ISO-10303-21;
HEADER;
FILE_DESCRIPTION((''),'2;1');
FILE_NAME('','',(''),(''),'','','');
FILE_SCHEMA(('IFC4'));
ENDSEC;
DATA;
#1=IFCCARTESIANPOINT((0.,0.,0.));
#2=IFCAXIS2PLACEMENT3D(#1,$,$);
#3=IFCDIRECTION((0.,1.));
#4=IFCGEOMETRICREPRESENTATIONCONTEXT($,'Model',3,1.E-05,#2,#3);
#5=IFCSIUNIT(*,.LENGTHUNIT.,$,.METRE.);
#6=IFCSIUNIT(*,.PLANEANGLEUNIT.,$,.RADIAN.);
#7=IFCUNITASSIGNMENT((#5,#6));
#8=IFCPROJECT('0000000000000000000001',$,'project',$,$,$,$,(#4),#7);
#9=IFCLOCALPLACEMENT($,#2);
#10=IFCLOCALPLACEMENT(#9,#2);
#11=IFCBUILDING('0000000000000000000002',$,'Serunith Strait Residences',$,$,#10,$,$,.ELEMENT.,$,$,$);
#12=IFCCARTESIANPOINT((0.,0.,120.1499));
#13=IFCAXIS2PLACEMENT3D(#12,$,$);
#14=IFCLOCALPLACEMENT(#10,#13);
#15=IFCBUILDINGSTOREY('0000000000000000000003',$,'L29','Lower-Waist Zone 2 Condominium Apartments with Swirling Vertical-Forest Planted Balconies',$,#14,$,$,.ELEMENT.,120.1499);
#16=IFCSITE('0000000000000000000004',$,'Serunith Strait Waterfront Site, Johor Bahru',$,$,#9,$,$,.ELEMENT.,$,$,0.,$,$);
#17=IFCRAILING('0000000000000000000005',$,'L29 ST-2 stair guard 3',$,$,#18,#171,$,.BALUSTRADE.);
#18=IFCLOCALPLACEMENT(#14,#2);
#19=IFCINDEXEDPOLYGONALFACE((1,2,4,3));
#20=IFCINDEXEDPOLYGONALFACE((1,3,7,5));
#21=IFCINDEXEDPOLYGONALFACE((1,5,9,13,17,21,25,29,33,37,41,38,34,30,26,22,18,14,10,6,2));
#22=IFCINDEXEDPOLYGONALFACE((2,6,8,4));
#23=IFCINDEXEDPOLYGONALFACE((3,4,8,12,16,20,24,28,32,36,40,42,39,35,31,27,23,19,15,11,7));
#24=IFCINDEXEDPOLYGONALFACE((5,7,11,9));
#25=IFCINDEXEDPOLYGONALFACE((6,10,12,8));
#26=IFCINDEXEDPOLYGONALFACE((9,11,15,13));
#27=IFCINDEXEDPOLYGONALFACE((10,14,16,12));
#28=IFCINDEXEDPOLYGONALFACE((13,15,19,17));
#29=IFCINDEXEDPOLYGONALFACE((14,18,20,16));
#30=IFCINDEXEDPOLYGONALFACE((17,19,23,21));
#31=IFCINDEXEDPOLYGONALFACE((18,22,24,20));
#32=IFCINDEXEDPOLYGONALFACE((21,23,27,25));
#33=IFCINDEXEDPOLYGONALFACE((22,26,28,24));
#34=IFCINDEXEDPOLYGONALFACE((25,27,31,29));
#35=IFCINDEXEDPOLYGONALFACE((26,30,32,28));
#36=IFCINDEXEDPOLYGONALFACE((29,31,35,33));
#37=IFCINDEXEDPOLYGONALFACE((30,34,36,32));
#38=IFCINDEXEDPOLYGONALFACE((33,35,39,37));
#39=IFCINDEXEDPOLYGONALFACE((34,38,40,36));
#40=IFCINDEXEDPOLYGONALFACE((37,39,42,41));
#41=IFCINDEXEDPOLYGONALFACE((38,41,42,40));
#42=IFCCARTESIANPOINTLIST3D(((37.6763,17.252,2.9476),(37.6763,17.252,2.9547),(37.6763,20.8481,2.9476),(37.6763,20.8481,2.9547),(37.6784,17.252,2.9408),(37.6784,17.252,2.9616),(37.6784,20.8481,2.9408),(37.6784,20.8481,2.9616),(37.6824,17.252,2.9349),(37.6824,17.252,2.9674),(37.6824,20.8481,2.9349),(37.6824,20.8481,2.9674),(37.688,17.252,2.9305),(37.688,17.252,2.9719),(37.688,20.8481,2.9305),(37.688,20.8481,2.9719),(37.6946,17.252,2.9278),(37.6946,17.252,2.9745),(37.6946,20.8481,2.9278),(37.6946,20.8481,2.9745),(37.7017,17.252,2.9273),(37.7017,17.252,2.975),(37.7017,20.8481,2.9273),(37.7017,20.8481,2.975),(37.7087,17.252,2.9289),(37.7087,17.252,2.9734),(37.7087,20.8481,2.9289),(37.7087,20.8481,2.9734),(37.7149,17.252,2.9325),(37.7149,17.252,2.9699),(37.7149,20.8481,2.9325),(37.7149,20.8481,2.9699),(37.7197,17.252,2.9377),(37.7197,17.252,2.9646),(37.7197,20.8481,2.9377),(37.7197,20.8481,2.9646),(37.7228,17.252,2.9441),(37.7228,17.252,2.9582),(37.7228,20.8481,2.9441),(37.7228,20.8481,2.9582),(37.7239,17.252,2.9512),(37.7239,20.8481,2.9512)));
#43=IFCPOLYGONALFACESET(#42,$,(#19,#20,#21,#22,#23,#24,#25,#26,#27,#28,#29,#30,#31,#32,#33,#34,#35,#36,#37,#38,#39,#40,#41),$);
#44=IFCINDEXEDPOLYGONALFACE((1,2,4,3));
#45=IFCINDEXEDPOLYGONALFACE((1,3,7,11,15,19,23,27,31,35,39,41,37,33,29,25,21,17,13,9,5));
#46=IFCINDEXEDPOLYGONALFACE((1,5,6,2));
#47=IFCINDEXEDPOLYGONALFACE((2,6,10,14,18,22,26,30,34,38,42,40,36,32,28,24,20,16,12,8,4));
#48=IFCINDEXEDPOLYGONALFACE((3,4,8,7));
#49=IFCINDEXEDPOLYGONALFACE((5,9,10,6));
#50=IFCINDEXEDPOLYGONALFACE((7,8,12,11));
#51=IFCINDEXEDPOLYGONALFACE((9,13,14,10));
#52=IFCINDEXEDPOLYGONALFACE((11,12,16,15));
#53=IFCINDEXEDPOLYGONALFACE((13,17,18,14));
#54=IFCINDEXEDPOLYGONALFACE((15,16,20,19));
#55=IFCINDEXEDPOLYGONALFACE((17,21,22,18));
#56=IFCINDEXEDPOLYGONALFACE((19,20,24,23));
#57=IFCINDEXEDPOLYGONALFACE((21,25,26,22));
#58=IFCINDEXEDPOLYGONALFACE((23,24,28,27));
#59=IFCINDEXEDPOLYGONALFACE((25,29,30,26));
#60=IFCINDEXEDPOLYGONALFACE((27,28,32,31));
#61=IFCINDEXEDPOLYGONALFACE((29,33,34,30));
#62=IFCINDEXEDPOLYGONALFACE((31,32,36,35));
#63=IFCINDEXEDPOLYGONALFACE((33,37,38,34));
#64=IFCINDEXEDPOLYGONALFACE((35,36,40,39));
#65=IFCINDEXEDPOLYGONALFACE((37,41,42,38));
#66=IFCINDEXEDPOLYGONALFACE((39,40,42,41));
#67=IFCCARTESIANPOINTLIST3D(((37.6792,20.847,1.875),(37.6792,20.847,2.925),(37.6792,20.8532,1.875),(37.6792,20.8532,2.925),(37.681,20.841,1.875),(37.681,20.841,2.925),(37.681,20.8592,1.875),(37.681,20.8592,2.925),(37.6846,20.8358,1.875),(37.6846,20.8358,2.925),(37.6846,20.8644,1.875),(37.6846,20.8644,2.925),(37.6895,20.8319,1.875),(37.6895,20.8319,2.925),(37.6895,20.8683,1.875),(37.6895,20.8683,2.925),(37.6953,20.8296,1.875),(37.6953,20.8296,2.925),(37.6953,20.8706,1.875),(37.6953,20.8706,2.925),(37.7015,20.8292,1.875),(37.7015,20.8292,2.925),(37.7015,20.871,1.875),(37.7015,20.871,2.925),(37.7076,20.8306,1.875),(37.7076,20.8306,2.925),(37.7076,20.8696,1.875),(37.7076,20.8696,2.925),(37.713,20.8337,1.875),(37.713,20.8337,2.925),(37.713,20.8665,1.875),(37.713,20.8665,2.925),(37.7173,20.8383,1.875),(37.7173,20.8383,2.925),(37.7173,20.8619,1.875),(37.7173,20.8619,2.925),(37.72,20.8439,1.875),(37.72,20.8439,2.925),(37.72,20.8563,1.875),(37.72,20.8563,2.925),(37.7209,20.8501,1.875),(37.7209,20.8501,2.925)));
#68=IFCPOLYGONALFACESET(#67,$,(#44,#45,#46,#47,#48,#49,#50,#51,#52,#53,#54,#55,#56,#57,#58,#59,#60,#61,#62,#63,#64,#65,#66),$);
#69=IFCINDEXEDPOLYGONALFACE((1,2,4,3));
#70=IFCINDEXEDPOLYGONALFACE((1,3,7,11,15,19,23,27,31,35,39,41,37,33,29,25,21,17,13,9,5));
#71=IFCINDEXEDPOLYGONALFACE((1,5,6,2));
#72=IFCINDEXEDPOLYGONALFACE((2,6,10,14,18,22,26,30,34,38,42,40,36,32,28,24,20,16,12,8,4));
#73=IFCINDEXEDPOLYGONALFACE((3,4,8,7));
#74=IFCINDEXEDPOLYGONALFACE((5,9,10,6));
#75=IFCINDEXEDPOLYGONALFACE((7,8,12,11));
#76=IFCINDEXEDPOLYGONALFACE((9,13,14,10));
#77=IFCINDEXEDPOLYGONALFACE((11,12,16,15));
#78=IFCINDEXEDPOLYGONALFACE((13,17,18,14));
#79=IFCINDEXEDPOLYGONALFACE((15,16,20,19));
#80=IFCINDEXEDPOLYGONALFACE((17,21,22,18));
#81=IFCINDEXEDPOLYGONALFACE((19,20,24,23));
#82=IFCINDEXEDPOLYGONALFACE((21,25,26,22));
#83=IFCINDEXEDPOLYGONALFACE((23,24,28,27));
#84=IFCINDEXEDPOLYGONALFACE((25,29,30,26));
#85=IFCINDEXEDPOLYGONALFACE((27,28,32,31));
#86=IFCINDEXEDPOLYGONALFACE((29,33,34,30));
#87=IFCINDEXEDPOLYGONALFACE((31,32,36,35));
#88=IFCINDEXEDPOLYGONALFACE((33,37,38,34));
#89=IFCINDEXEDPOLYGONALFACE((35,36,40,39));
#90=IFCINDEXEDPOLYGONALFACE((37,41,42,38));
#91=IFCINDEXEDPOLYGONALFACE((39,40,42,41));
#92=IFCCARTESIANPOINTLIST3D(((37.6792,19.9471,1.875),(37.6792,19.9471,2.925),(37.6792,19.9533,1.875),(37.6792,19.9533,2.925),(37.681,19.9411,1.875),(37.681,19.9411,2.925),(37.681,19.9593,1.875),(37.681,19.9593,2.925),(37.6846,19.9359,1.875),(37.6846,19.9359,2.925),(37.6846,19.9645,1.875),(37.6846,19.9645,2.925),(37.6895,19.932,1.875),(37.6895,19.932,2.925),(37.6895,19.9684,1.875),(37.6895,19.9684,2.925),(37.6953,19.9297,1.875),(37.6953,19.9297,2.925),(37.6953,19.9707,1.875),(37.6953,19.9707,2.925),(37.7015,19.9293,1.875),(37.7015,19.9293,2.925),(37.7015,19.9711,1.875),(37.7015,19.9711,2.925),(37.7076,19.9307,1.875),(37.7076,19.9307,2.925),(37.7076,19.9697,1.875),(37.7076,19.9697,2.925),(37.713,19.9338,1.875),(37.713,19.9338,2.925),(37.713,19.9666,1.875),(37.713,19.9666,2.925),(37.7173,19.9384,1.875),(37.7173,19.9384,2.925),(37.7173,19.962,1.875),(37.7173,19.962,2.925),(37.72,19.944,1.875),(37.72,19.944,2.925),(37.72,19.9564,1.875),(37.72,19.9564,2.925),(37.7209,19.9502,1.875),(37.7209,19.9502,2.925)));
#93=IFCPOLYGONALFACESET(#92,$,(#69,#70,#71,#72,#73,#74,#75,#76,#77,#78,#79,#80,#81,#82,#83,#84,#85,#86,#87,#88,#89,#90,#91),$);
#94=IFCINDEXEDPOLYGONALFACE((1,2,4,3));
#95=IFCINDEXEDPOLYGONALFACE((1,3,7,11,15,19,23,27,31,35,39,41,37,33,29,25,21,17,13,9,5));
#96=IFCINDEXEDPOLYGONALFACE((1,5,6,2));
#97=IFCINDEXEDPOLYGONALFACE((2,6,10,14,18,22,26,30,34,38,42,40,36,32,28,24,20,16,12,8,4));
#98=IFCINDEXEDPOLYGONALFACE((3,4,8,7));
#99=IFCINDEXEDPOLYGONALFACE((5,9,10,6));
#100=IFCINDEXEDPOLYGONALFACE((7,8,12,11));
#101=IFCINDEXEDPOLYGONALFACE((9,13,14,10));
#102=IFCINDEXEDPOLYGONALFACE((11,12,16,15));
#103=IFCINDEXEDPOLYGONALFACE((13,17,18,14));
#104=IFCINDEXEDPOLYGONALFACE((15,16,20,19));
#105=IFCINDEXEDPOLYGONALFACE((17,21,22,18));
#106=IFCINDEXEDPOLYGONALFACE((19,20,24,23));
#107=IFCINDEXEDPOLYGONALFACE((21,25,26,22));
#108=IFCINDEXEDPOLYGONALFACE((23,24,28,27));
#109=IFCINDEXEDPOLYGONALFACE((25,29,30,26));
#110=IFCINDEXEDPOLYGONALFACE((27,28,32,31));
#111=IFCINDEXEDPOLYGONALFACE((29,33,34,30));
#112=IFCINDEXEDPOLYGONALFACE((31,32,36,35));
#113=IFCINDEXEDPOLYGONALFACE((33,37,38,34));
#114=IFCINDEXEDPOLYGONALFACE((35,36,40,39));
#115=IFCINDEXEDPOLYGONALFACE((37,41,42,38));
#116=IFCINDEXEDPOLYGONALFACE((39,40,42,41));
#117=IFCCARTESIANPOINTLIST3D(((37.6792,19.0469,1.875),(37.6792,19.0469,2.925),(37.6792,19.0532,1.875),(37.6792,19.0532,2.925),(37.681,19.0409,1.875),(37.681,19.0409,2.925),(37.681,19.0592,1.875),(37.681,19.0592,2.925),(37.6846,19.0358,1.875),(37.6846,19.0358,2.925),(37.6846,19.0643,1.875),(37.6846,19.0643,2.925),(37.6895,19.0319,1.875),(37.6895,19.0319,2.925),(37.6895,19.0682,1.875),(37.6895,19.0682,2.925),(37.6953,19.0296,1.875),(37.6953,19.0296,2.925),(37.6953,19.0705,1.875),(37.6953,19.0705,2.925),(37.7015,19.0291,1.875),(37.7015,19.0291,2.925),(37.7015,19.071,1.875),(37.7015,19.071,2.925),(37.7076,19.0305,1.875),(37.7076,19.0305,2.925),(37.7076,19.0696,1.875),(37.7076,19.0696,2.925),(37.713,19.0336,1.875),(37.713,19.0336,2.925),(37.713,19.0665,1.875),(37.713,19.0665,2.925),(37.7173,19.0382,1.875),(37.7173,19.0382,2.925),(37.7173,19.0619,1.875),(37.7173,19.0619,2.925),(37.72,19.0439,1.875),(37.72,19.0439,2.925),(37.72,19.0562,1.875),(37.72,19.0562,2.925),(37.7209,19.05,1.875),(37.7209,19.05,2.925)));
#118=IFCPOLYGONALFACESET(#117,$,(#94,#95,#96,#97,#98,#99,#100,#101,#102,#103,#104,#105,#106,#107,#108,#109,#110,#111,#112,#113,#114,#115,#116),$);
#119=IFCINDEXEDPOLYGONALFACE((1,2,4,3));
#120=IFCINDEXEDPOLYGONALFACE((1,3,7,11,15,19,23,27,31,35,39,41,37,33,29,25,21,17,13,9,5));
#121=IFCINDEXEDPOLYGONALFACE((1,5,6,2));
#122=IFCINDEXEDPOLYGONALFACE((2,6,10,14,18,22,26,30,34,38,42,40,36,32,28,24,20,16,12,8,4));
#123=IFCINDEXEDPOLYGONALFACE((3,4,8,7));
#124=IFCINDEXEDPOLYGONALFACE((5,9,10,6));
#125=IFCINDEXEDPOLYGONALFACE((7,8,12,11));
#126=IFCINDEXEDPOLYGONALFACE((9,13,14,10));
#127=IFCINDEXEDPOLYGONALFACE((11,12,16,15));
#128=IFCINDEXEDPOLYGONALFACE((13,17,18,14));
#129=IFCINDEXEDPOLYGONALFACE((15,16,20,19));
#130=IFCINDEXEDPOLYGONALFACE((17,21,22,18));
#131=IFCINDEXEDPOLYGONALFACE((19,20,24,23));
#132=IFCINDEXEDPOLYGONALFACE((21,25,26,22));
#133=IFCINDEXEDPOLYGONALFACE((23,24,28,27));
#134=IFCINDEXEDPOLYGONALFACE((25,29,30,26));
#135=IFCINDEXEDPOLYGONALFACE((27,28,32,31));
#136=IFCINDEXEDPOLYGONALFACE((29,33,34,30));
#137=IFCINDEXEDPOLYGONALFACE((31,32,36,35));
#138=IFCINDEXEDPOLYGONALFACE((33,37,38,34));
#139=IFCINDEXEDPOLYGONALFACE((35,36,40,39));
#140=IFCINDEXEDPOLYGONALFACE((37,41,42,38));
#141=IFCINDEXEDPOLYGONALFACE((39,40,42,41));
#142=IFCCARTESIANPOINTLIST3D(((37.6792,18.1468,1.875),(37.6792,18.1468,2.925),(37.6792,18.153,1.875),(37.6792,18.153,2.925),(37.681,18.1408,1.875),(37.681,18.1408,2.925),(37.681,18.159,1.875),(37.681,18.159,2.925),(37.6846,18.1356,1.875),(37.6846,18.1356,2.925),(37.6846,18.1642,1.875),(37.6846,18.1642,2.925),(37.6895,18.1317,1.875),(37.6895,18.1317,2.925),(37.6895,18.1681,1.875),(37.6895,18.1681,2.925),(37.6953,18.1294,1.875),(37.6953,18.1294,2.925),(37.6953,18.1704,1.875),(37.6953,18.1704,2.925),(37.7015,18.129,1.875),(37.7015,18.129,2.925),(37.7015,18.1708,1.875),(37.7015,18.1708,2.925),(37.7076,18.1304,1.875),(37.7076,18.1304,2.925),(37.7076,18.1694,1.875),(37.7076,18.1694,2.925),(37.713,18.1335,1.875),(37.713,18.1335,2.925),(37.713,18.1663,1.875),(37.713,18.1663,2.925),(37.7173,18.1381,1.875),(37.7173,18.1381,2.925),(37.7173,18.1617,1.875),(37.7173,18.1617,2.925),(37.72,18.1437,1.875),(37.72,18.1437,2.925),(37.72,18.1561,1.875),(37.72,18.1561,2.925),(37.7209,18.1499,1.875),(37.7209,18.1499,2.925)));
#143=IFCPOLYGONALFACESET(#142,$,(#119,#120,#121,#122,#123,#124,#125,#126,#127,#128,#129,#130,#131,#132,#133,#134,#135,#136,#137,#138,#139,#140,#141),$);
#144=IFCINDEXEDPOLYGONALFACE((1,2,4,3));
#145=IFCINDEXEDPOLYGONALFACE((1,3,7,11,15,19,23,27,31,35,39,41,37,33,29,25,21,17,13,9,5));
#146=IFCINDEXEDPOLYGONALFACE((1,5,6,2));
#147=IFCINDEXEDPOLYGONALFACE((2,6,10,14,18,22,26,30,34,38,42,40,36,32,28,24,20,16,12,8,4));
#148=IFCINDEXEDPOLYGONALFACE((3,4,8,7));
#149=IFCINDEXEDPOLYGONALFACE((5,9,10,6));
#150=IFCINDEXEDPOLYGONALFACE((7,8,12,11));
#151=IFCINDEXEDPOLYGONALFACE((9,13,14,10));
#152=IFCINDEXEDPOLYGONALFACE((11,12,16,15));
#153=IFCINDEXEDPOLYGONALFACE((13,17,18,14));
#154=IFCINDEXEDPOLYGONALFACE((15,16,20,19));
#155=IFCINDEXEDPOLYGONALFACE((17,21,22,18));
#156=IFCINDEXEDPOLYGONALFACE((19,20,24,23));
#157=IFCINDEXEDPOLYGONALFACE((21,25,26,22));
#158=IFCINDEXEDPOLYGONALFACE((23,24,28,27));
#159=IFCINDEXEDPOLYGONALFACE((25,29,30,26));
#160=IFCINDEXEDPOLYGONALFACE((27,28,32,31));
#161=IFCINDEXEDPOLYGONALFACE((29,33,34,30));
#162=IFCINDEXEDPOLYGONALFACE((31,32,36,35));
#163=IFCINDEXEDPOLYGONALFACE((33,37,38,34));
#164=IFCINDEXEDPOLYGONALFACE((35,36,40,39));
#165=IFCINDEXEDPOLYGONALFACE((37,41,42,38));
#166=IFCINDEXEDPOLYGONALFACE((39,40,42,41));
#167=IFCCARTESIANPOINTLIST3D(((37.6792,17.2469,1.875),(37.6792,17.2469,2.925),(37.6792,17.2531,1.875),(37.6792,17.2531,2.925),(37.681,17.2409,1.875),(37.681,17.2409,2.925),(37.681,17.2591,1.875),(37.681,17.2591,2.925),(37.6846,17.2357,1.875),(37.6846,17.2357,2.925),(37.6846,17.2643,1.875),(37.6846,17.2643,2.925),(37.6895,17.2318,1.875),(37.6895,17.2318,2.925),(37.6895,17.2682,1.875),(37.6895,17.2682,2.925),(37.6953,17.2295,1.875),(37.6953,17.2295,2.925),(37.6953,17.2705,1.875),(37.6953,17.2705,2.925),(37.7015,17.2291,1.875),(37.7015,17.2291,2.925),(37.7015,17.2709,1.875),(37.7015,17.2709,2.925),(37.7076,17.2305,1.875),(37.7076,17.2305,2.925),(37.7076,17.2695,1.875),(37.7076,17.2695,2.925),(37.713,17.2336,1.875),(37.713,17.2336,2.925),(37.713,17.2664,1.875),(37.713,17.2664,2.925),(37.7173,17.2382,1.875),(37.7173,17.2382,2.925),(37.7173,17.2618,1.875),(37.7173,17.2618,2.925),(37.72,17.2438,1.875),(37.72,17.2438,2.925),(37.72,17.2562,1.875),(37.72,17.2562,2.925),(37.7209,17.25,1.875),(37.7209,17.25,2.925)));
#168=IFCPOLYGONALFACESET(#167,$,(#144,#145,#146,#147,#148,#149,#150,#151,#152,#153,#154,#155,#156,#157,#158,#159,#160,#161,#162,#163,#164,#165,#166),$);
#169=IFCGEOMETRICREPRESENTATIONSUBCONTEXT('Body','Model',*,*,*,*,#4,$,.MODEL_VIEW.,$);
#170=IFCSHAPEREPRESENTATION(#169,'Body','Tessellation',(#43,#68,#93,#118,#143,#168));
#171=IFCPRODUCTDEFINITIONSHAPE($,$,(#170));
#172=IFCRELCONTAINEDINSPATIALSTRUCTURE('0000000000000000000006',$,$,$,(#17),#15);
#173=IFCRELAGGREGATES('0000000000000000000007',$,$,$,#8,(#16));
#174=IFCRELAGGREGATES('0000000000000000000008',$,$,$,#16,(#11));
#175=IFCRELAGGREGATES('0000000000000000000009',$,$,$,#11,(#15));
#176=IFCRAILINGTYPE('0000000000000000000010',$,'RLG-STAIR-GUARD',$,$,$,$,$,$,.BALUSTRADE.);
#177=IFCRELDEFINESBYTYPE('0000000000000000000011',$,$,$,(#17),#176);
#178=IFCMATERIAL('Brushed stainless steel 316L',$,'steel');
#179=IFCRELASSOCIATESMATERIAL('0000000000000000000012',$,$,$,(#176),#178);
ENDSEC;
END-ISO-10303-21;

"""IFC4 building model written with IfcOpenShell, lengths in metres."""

from ifc_helpers import new_model, si_unit, direction, frame, origin, origin_2d, place, context, subcontext, project, spatial, circle, extrude, material, type_object, element, save


model = new_model("IFC4")

# Units and contexts
model_context = context("Model", 3, precision=1e-05, world=origin(), true_north=direction((0.0, 1.0)))
body_context = subcontext(model_context, "Body", "Model", "MODEL_VIEW")
ifc_project = project(units=[si_unit("LENGTHUNIT", "METRE"), si_unit("PLANEANGLEUNIT", "RADIAN")], contexts=[model_context])

# Site, building, storey
site_placement = place(None, origin())
site = spatial("IfcSite", under=ifc_project, at=site_placement, Name="Serunith Strait Waterfront Site, Johor Bahru", CompositionType="ELEMENT", RefElevation=0.0)
building_placement = place(site_placement, origin())
building = spatial("IfcBuilding", under=site, at=building_placement, Name="Serunith Strait Residences", CompositionType="ELEMENT")
storey_placement = place(building_placement, frame((0.0, 0.0, 120.1499)))
storey = spatial("IfcBuildingStorey", under=building, at=storey_placement, Name="L29", Description="Lower-Waist Zone 2 Condominium Apartments with Swirling Vertical-Forest Planted Balconies", CompositionType="ELEMENT", Elevation=120.1499)

# Railing
ifc_material_1 = material(Name="Brushed stainless steel 316L", Category="steel")
railing_type_1 = type_object("IfcRailingType", Name="RLG-STAIR-GUARD", PredefinedType="BALUSTRADE", material=ifc_material_1)
for number, where, name in (
    (1, (37.7, 20.8501, 1.875), "L29 ST-2 stair guard 3"),
):
    element("IfcRailing", number, at=place(storey_placement, frame(where)), inside=storey, type_object=railing_type_1, Name=name, PredefinedType="BALUSTRADE", context=body_context, shape_type="SweptSolid", body=[
        extrude(circle(Radius=0.0239, at=origin_2d()), frame((0.0, -0.002, 1.0762), z_axis=(0.0, -1.0, 0.0), x_axis=(1.0, 0.0, 0.0)), (0.0, 0.0, 1.0), 3.5962),
        extrude(circle(Radius=0.021, at=origin_2d()), origin(), (0.0, 0.0, 1.0), 1.05),
        extrude(circle(Radius=0.021, at=origin_2d()), frame((0.0, -0.8999, 0.0)), (0.0, 0.0, 1.0), 1.05),
        extrude(circle(Radius=0.021, at=origin_2d()), frame((0.0, -1.8, 0.0)), (0.0, 0.0, 1.0), 1.05),
        extrude(circle(Radius=0.021, at=origin_2d()), frame((0.0, -2.7002, 0.0)), (0.0, 0.0, 1.0), 1.05),
        extrude(circle(Radius=0.021, at=origin_2d()), frame((0.0, -3.6001, 0.0)), (0.0, 0.0, 1.0), 1.05),
    ])

save(model, "model.ifc")
